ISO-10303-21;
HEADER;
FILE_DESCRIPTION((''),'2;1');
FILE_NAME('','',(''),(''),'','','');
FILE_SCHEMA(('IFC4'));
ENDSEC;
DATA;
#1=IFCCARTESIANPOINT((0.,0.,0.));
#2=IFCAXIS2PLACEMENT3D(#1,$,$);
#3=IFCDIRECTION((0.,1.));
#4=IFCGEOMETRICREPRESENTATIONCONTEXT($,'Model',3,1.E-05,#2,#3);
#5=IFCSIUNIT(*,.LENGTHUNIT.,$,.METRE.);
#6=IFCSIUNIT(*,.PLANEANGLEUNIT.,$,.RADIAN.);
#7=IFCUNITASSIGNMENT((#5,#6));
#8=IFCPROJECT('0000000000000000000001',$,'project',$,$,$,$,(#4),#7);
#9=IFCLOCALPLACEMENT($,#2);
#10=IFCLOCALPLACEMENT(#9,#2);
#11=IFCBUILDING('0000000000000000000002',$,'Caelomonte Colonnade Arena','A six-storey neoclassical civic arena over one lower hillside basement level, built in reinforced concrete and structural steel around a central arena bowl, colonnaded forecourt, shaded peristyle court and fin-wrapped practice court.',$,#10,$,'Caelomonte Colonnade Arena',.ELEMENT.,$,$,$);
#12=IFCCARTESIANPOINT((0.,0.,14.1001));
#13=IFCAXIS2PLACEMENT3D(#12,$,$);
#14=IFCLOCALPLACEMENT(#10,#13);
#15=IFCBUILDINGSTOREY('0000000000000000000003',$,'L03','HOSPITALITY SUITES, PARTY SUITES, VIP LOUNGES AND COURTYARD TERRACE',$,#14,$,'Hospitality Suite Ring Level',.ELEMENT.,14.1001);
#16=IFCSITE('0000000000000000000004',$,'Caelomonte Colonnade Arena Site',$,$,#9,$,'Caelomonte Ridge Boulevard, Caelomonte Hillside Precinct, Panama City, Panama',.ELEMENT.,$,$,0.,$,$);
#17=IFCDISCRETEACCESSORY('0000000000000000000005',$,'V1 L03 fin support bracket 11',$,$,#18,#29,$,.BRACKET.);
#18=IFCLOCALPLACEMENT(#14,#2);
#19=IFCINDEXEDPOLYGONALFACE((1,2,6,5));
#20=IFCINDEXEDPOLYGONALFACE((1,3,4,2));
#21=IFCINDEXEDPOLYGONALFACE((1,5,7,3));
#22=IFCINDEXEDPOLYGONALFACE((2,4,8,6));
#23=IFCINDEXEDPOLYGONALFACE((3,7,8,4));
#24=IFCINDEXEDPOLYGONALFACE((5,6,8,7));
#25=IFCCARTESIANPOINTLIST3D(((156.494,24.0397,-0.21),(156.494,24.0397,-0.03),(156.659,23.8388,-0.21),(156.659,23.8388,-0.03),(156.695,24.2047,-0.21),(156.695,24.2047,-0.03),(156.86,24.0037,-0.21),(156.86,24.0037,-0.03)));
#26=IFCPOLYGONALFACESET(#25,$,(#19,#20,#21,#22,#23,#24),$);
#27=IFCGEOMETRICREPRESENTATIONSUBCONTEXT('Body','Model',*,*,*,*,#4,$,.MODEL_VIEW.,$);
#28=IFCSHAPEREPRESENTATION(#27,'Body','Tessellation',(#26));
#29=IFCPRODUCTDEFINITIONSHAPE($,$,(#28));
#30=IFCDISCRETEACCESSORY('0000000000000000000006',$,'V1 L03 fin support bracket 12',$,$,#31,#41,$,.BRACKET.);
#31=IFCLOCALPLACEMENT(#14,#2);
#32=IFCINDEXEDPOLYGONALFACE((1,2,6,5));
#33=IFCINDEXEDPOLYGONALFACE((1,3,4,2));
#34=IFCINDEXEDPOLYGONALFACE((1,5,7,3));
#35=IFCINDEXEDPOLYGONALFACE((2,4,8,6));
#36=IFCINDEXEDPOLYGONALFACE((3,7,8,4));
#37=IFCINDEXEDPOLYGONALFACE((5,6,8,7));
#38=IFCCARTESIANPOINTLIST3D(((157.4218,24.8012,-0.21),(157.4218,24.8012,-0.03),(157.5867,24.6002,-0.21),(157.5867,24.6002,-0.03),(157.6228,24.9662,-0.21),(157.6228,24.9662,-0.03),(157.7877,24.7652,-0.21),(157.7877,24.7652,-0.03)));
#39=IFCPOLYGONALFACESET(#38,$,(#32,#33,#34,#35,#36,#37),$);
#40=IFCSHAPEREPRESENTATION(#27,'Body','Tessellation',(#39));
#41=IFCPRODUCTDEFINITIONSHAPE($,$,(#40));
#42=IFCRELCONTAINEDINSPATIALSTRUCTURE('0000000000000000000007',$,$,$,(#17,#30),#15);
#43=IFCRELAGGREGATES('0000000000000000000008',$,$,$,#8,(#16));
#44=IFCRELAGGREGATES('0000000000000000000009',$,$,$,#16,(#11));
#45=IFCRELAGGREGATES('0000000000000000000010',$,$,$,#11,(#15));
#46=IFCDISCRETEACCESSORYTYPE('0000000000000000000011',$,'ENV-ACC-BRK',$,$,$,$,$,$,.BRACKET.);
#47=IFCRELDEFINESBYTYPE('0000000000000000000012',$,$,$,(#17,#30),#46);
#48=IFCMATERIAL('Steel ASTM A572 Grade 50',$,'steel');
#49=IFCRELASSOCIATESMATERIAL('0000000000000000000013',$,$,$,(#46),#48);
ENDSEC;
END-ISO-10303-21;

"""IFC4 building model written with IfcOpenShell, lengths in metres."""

from ifc_helpers import new_model, si_unit, direction, frame, origin, origin_2d, place, context, subcontext, project, spatial, rectangle, extrude, material, type_object, element, save


model = new_model("IFC4")

# Units and contexts
model_context = context("Model", 3, precision=1e-05, world=origin(), true_north=direction((0.0, 1.0)))
body_context = subcontext(model_context, "Body", "Model", "MODEL_VIEW")
ifc_project = project(units=[si_unit("LENGTHUNIT", "METRE"), si_unit("PLANEANGLEUNIT", "RADIAN")], contexts=[model_context])

# Site, building, storey
site_placement = place(None, origin())
site = spatial("IfcSite", under=ifc_project, at=site_placement, Name="Caelomonte Colonnade Arena Site", LongName="Caelomonte Ridge Boulevard, Caelomonte Hillside Precinct, Panama City, Panama", CompositionType="ELEMENT", RefElevation=0.0)
building_placement = place(site_placement, origin())
building = spatial("IfcBuilding", under=site, at=building_placement, Name="Caelomonte Colonnade Arena", Description="A six-storey neoclassical civic arena over one lower hillside basement level, built in reinforced concrete and structural steel around a central arena bowl, colonnaded forecourt, shaded peristyle court and fin-wrapped practice court.", LongName="Caelomonte Colonnade Arena", CompositionType="ELEMENT")
storey_placement = place(building_placement, frame((0.0, 0.0, 14.1001)))
storey = spatial("IfcBuildingStorey", under=building, at=storey_placement, Name="L03", Description="HOSPITALITY SUITES, PARTY SUITES, VIP LOUNGES AND COURTYARD TERRACE", LongName="Hospitality Suite Ring Level", CompositionType="ELEMENT", Elevation=14.1001)

# Shared definitions
ifc_material_1 = material(Name="Steel ASTM A572 Grade 50", Category="steel")

# Discrete accessories
discrete_accessory_type = type_object("IfcDiscreteAccessoryType", Name="ENV-ACC-BRK", PredefinedType="BRACKET", material=ifc_material_1)
for number, where, z_axis, x_axis, name in (
    (1, (156.677, 24.0217, -0.21), (0.0, 0.0, 1.0), (0.772994, 0.634414, 0.0), "V1 L03 fin support bracket 11"),
    (2, (157.6047, 24.7832, -0.21), (0.0, 0.0, 1.0), (0.772994, 0.634414, 0.0), "V1 L03 fin support bracket 12"),
):
    element("IfcDiscreteAccessory", number, at=place(storey_placement, frame(where, z_axis=z_axis, x_axis=x_axis)), inside=storey, type_object=discrete_accessory_type, Name=name, PredefinedType="BRACKET", context=body_context, shape_type="SweptSolid", body=[
        extrude(rectangle(XDim=0.26, YDim=0.26, at=origin_2d()), origin(), (0.0, 0.0, 1.0), 0.1799),
    ])

save(model, "model.ifc")
